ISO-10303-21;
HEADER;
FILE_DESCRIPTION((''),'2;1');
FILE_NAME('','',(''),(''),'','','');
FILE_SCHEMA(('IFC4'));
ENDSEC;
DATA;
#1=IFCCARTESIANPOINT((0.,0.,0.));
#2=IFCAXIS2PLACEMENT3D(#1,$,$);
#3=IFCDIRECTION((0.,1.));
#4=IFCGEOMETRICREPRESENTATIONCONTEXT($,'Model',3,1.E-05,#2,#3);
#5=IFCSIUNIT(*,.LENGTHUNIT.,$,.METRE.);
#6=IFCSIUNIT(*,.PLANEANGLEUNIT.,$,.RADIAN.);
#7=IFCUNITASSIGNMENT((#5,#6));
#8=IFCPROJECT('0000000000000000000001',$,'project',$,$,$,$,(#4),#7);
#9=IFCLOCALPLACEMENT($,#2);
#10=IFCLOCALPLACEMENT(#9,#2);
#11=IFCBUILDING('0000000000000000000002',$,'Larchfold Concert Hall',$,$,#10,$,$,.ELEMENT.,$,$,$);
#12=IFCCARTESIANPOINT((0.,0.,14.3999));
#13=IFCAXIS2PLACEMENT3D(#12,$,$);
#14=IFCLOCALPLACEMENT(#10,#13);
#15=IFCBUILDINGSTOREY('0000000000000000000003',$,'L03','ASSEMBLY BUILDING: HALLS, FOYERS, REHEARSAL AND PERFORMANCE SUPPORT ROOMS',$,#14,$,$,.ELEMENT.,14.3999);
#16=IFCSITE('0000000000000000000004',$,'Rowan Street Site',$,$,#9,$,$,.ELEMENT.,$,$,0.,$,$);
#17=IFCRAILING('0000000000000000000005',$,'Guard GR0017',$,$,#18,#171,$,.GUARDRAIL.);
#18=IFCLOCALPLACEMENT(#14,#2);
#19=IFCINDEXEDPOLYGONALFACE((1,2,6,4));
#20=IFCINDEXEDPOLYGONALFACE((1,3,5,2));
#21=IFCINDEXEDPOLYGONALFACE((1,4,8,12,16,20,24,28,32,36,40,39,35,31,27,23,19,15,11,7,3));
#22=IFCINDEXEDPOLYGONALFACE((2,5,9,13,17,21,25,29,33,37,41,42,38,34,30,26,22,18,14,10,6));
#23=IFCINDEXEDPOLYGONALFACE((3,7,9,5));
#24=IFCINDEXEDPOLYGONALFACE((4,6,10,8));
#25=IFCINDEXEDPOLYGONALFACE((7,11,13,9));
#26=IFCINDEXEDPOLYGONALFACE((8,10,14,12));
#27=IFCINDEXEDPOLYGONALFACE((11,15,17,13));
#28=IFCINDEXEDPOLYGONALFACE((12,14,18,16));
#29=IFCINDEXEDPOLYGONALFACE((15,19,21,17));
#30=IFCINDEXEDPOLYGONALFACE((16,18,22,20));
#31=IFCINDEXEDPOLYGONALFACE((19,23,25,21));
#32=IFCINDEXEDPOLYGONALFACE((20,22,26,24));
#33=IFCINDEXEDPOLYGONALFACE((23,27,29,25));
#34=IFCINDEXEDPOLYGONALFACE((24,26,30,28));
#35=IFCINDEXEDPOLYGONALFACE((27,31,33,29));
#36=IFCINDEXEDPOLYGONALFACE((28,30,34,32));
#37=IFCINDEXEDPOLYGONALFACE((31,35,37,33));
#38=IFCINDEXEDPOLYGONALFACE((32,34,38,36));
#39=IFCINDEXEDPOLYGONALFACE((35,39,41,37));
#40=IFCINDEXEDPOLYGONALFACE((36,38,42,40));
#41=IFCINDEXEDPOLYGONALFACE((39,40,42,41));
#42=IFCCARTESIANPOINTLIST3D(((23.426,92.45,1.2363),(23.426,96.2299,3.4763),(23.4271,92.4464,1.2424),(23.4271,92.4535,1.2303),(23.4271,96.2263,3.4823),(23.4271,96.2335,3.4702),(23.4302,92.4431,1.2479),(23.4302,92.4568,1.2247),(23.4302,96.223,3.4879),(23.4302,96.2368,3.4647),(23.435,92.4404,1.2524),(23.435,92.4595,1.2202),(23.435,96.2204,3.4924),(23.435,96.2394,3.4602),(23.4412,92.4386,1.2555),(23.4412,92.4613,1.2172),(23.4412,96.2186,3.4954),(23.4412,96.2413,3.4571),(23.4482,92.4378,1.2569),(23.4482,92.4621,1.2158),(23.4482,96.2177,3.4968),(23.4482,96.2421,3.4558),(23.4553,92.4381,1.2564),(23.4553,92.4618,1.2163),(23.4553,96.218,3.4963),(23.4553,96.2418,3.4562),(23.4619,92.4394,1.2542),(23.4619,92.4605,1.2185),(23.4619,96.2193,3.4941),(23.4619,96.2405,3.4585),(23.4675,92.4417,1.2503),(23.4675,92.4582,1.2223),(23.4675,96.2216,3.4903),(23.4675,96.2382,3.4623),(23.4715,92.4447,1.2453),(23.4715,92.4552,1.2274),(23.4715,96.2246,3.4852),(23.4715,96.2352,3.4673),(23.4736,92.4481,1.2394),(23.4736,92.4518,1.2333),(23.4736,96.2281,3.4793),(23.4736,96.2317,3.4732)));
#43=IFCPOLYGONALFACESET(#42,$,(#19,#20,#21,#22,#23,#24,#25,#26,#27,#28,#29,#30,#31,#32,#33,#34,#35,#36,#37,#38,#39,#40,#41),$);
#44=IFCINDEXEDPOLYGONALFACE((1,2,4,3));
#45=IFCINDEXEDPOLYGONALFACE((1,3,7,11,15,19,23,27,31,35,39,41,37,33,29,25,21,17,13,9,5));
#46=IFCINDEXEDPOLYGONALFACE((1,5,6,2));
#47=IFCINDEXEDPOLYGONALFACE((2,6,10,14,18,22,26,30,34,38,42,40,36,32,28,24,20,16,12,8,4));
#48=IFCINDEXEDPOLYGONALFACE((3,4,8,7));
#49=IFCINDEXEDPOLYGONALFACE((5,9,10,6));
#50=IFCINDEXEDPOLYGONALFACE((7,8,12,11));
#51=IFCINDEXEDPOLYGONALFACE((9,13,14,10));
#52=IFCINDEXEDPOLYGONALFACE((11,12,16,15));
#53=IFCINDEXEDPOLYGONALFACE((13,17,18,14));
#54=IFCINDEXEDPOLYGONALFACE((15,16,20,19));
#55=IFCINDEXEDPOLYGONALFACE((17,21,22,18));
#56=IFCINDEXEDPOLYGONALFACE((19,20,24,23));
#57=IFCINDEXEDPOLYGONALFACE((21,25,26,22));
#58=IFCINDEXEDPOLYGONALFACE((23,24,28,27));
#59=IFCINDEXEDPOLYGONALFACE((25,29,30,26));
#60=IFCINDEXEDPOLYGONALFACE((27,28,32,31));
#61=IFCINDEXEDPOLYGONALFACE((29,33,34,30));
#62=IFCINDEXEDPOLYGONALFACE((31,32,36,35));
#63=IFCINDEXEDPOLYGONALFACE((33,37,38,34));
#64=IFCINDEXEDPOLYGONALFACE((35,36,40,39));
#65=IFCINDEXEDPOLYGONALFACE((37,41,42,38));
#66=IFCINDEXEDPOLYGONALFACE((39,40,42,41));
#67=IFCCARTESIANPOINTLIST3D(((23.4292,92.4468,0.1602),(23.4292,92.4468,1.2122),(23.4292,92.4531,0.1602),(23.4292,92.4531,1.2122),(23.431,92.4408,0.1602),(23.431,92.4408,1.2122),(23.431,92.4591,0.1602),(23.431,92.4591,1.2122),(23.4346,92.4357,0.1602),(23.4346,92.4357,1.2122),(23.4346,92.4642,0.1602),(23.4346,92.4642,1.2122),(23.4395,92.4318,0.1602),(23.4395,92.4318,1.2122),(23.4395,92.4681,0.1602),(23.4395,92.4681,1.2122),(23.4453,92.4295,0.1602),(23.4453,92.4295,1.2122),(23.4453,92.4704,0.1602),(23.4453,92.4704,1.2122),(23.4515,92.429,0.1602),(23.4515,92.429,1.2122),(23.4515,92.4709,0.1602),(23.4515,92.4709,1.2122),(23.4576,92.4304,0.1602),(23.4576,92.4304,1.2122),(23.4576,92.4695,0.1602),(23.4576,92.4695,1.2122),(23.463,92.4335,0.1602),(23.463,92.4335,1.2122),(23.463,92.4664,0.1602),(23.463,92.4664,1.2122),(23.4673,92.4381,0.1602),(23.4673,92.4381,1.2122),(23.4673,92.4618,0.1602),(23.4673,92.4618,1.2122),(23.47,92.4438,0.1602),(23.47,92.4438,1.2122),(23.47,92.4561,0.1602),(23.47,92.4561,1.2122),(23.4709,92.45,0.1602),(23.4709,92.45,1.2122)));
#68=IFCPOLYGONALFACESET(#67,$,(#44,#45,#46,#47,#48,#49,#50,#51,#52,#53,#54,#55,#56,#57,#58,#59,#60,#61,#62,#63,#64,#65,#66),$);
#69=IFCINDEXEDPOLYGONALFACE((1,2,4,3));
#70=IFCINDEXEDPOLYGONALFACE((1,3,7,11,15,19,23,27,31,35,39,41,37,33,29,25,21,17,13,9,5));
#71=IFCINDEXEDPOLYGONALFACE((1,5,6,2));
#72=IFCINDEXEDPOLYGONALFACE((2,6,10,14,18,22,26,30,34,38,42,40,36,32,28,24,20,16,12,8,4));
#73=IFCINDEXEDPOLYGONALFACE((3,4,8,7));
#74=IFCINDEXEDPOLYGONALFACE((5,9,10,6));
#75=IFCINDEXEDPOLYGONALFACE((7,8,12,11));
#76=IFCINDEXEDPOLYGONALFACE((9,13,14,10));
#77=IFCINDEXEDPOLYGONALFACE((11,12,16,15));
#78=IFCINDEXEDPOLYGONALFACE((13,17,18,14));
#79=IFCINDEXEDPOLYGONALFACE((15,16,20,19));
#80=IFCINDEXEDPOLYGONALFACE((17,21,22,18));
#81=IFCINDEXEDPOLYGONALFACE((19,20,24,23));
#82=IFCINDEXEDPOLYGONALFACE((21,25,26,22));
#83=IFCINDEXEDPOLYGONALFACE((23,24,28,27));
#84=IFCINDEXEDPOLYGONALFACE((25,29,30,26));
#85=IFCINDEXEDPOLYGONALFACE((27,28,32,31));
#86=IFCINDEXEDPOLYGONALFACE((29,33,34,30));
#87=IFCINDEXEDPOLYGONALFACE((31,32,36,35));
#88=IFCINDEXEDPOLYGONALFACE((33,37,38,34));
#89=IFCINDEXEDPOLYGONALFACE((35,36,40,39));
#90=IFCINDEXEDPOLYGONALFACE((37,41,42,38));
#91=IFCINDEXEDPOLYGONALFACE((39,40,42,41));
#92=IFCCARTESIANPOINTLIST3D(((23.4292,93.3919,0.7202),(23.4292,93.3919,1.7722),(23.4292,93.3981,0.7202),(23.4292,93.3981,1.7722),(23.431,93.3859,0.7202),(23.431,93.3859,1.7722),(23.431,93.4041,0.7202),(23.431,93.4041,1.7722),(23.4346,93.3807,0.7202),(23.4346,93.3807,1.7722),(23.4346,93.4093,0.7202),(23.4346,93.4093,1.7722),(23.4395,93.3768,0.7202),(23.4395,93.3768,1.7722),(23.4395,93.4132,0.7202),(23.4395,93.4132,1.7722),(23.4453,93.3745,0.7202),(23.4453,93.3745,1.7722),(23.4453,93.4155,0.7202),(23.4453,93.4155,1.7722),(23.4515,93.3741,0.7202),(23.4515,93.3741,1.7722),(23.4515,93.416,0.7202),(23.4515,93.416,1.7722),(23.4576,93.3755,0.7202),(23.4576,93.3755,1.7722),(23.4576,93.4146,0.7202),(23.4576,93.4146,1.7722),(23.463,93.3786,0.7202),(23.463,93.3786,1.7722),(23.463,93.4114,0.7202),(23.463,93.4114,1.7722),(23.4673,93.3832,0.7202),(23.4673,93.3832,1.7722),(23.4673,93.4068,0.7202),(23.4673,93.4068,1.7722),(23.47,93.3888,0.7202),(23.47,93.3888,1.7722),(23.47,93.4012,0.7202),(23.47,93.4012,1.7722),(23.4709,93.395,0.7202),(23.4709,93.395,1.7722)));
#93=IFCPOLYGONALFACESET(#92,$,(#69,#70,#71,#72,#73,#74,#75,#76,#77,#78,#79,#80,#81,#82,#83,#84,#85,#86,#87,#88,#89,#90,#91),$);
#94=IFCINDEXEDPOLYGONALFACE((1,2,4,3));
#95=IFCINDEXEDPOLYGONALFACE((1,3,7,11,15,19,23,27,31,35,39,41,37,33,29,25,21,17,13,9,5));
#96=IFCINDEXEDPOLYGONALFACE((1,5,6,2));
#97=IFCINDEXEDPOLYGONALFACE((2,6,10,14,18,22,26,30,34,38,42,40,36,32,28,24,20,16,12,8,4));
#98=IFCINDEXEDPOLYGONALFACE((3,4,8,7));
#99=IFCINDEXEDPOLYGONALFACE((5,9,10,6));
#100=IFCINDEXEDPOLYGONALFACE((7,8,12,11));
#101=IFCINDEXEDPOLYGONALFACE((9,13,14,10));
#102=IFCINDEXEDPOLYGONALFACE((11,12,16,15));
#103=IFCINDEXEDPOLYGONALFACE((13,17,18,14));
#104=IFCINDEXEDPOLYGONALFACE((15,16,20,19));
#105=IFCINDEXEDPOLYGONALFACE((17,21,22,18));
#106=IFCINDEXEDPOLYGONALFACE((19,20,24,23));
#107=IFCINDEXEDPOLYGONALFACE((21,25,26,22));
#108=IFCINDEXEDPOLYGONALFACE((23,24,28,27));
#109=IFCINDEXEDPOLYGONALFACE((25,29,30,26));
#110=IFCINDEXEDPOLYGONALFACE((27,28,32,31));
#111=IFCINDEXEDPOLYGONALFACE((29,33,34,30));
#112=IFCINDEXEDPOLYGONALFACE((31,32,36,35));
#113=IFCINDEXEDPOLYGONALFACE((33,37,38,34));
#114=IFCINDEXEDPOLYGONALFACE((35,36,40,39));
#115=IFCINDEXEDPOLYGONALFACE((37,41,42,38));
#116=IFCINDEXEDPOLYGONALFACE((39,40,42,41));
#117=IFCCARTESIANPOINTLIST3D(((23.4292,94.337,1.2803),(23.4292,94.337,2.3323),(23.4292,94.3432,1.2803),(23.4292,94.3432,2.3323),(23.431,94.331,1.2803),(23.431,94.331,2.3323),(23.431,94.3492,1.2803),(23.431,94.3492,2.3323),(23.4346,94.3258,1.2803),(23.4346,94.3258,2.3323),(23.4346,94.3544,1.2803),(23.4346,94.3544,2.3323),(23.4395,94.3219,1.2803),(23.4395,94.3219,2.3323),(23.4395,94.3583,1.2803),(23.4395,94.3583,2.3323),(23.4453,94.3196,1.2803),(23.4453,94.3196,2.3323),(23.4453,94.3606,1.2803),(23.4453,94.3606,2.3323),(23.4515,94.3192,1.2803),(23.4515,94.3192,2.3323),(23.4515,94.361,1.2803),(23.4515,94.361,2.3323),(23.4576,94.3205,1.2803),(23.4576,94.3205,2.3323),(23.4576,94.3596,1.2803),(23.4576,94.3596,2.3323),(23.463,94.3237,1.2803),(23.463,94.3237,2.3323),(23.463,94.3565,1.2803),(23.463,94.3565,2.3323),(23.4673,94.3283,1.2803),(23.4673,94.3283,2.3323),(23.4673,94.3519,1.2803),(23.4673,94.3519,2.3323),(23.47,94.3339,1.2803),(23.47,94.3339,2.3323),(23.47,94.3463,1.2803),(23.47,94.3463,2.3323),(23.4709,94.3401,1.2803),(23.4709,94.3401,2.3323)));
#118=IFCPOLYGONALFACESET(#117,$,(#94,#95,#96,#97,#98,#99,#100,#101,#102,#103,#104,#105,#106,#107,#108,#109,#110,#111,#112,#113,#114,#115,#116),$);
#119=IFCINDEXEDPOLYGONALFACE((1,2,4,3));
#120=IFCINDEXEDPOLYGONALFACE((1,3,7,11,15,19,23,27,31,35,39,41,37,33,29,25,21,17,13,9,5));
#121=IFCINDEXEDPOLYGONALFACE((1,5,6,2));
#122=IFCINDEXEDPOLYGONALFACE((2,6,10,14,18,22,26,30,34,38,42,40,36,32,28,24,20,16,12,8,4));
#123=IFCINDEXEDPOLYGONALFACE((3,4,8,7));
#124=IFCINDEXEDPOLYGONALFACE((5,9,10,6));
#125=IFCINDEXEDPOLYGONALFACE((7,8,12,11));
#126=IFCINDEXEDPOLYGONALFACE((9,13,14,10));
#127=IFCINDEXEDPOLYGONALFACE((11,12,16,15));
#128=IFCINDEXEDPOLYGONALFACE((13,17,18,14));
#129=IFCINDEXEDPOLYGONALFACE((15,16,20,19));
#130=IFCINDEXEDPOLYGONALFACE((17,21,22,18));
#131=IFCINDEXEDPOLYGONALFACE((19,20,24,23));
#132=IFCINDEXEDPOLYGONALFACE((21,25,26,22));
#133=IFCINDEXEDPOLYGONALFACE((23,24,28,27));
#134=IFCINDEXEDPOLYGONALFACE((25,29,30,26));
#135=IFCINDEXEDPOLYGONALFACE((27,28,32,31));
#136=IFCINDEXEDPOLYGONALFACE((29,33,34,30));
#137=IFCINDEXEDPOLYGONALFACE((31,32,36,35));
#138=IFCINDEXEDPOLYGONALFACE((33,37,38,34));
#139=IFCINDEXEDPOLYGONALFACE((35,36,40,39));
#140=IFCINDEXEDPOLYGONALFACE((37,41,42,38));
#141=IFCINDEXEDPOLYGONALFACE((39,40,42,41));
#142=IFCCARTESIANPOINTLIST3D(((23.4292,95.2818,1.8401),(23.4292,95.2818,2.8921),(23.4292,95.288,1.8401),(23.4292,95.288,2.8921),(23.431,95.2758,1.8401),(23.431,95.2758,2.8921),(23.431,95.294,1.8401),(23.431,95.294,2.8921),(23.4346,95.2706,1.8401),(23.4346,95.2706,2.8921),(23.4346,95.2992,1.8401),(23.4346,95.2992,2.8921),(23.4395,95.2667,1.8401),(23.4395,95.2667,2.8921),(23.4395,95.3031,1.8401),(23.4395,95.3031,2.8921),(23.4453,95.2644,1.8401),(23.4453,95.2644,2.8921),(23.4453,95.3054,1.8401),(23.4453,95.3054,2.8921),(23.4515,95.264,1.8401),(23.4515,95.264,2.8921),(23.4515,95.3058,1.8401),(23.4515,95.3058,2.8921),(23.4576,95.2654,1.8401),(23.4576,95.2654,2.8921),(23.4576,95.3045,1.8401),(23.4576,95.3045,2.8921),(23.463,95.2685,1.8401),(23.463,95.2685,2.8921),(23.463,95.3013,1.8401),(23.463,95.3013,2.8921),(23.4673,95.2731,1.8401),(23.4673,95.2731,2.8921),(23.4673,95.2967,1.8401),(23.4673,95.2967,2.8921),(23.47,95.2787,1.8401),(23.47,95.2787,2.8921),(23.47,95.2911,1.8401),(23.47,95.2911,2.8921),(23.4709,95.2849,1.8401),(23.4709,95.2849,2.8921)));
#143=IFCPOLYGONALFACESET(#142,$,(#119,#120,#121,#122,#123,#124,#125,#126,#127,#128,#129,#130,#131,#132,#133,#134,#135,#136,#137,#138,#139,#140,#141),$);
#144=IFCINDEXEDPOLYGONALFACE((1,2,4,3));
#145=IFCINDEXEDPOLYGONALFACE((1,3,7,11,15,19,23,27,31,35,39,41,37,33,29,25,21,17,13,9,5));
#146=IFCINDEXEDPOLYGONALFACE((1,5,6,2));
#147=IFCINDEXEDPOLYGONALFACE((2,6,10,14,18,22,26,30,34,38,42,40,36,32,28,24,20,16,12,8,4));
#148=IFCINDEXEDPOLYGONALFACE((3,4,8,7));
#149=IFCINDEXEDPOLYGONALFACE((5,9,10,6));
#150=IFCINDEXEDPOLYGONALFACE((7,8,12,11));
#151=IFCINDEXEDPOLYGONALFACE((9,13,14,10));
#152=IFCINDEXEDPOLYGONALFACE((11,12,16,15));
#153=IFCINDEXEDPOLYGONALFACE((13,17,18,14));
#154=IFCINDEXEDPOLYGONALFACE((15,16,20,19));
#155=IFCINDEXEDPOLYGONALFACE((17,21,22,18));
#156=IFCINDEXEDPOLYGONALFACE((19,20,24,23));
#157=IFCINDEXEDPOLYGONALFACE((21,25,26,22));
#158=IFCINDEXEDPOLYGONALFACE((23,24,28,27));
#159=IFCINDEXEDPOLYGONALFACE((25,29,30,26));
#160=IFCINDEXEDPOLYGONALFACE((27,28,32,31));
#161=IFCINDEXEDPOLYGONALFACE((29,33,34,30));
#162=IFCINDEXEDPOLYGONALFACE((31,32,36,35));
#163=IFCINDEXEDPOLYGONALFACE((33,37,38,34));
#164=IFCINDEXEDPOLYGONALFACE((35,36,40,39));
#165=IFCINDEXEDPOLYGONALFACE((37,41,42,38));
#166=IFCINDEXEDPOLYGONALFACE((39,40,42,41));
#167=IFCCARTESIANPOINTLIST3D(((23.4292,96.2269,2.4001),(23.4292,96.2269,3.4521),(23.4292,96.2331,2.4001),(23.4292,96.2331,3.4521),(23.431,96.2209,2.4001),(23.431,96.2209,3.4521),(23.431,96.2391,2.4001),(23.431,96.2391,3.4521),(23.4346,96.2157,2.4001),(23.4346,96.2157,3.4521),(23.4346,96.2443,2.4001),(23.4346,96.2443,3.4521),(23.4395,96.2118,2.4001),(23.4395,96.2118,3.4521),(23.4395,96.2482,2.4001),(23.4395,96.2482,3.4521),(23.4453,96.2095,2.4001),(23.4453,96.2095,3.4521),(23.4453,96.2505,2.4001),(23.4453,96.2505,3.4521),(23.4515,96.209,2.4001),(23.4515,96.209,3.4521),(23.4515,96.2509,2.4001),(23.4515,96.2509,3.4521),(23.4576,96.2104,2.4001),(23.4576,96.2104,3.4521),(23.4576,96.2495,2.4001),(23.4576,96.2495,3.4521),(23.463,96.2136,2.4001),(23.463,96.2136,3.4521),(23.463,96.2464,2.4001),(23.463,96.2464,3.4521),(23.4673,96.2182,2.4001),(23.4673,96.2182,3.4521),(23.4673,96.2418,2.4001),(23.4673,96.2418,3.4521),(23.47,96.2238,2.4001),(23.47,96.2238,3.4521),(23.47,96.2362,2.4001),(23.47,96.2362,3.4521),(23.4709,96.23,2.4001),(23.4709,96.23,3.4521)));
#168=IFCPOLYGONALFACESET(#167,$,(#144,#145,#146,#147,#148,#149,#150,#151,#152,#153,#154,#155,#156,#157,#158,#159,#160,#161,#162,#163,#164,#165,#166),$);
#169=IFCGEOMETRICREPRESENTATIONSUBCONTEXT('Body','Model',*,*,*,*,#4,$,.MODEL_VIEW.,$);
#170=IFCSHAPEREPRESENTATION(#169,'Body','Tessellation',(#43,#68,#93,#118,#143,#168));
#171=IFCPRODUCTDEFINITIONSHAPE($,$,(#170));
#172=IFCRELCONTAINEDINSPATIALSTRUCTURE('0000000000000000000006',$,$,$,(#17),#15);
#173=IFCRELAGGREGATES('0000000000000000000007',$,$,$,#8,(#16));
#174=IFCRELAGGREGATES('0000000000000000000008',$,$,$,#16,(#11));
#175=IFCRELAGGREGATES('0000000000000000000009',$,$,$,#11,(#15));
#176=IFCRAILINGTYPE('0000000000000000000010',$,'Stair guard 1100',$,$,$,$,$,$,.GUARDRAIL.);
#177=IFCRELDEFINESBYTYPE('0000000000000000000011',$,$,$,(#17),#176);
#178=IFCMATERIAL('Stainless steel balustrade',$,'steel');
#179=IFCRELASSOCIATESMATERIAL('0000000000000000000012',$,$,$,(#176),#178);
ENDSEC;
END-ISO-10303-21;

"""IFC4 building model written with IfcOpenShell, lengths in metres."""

from ifc_helpers import new_model, si_unit, direction, frame, origin, origin_2d, place, context, subcontext, project, spatial, circle, extrude, material, type_object, element, save


model = new_model("IFC4")

# Units and contexts
model_context = context("Model", 3, precision=1e-05, world=origin(), true_north=direction((0.0, 1.0)))
body_context = subcontext(model_context, "Body", "Model", "MODEL_VIEW")
ifc_project = project(units=[si_unit("LENGTHUNIT", "METRE"), si_unit("PLANEANGLEUNIT", "RADIAN")], contexts=[model_context])

# Site, building, storey
site_placement = place(None, origin())
site = spatial("IfcSite", under=ifc_project, at=site_placement, Name="Rowan Street Site", CompositionType="ELEMENT", RefElevation=0.0)
building_placement = place(site_placement, origin())
building = spatial("IfcBuilding", under=site, at=building_placement, Name="Larchfold Concert Hall", CompositionType="ELEMENT")
storey_placement = place(building_placement, frame((0.0, 0.0, 14.3999)))
storey = spatial("IfcBuildingStorey", under=building, at=storey_placement, Name="L03", Description="ASSEMBLY BUILDING: HALLS, FOYERS, REHEARSAL AND PERFORMANCE SUPPORT ROOMS", CompositionType="ELEMENT", Elevation=14.3999)

# Railing
ifc_material_1 = material(Name="Stainless steel balustrade", Category="steel")
railing_type_1 = type_object("IfcRailingType", Name="Stair guard 1100", PredefinedType="GUARDRAIL", material=ifc_material_1)
railing_1_placement = place(storey_placement, frame((23.45, 92.45, 0.1602)))
element("IfcRailing", 1, at=railing_1_placement, inside=storey, type_object=railing_type_1, Name="Guard GR0017", PredefinedType="GUARDRAIL", context=body_context, shape_type="SweptSolid", body=[
    extrude(circle(Radius=0.0239, at=origin_2d()), frame((0.0, 0.0, 1.0762), z_axis=(0.0, 0.860294, 0.509798), x_axis=(-1.0, 0.0, 0.0)), (0.0, 0.0, 1.0), 4.3938),
    extrude(circle(Radius=0.021, at=origin_2d()), origin(), (0.0, 0.0, 1.0), 1.052),
    extrude(circle(Radius=0.021, at=origin_2d()), frame((0.0, 0.9451, 0.5601)), (0.0, 0.0, 1.0), 1.052),
    extrude(circle(Radius=0.021, at=origin_2d()), frame((0.0, 1.8901, 1.1201)), (0.0, 0.0, 1.0), 1.052),
    extrude(circle(Radius=0.021, at=origin_2d()), frame((0.0, 2.835, 1.6799)), (0.0, 0.0, 1.0), 1.052),
    extrude(circle(Radius=0.021, at=origin_2d()), frame((0.0, 3.78, 2.24)), (0.0, 0.0, 1.0), 1.052),
])

save(model, "model.ifc")
